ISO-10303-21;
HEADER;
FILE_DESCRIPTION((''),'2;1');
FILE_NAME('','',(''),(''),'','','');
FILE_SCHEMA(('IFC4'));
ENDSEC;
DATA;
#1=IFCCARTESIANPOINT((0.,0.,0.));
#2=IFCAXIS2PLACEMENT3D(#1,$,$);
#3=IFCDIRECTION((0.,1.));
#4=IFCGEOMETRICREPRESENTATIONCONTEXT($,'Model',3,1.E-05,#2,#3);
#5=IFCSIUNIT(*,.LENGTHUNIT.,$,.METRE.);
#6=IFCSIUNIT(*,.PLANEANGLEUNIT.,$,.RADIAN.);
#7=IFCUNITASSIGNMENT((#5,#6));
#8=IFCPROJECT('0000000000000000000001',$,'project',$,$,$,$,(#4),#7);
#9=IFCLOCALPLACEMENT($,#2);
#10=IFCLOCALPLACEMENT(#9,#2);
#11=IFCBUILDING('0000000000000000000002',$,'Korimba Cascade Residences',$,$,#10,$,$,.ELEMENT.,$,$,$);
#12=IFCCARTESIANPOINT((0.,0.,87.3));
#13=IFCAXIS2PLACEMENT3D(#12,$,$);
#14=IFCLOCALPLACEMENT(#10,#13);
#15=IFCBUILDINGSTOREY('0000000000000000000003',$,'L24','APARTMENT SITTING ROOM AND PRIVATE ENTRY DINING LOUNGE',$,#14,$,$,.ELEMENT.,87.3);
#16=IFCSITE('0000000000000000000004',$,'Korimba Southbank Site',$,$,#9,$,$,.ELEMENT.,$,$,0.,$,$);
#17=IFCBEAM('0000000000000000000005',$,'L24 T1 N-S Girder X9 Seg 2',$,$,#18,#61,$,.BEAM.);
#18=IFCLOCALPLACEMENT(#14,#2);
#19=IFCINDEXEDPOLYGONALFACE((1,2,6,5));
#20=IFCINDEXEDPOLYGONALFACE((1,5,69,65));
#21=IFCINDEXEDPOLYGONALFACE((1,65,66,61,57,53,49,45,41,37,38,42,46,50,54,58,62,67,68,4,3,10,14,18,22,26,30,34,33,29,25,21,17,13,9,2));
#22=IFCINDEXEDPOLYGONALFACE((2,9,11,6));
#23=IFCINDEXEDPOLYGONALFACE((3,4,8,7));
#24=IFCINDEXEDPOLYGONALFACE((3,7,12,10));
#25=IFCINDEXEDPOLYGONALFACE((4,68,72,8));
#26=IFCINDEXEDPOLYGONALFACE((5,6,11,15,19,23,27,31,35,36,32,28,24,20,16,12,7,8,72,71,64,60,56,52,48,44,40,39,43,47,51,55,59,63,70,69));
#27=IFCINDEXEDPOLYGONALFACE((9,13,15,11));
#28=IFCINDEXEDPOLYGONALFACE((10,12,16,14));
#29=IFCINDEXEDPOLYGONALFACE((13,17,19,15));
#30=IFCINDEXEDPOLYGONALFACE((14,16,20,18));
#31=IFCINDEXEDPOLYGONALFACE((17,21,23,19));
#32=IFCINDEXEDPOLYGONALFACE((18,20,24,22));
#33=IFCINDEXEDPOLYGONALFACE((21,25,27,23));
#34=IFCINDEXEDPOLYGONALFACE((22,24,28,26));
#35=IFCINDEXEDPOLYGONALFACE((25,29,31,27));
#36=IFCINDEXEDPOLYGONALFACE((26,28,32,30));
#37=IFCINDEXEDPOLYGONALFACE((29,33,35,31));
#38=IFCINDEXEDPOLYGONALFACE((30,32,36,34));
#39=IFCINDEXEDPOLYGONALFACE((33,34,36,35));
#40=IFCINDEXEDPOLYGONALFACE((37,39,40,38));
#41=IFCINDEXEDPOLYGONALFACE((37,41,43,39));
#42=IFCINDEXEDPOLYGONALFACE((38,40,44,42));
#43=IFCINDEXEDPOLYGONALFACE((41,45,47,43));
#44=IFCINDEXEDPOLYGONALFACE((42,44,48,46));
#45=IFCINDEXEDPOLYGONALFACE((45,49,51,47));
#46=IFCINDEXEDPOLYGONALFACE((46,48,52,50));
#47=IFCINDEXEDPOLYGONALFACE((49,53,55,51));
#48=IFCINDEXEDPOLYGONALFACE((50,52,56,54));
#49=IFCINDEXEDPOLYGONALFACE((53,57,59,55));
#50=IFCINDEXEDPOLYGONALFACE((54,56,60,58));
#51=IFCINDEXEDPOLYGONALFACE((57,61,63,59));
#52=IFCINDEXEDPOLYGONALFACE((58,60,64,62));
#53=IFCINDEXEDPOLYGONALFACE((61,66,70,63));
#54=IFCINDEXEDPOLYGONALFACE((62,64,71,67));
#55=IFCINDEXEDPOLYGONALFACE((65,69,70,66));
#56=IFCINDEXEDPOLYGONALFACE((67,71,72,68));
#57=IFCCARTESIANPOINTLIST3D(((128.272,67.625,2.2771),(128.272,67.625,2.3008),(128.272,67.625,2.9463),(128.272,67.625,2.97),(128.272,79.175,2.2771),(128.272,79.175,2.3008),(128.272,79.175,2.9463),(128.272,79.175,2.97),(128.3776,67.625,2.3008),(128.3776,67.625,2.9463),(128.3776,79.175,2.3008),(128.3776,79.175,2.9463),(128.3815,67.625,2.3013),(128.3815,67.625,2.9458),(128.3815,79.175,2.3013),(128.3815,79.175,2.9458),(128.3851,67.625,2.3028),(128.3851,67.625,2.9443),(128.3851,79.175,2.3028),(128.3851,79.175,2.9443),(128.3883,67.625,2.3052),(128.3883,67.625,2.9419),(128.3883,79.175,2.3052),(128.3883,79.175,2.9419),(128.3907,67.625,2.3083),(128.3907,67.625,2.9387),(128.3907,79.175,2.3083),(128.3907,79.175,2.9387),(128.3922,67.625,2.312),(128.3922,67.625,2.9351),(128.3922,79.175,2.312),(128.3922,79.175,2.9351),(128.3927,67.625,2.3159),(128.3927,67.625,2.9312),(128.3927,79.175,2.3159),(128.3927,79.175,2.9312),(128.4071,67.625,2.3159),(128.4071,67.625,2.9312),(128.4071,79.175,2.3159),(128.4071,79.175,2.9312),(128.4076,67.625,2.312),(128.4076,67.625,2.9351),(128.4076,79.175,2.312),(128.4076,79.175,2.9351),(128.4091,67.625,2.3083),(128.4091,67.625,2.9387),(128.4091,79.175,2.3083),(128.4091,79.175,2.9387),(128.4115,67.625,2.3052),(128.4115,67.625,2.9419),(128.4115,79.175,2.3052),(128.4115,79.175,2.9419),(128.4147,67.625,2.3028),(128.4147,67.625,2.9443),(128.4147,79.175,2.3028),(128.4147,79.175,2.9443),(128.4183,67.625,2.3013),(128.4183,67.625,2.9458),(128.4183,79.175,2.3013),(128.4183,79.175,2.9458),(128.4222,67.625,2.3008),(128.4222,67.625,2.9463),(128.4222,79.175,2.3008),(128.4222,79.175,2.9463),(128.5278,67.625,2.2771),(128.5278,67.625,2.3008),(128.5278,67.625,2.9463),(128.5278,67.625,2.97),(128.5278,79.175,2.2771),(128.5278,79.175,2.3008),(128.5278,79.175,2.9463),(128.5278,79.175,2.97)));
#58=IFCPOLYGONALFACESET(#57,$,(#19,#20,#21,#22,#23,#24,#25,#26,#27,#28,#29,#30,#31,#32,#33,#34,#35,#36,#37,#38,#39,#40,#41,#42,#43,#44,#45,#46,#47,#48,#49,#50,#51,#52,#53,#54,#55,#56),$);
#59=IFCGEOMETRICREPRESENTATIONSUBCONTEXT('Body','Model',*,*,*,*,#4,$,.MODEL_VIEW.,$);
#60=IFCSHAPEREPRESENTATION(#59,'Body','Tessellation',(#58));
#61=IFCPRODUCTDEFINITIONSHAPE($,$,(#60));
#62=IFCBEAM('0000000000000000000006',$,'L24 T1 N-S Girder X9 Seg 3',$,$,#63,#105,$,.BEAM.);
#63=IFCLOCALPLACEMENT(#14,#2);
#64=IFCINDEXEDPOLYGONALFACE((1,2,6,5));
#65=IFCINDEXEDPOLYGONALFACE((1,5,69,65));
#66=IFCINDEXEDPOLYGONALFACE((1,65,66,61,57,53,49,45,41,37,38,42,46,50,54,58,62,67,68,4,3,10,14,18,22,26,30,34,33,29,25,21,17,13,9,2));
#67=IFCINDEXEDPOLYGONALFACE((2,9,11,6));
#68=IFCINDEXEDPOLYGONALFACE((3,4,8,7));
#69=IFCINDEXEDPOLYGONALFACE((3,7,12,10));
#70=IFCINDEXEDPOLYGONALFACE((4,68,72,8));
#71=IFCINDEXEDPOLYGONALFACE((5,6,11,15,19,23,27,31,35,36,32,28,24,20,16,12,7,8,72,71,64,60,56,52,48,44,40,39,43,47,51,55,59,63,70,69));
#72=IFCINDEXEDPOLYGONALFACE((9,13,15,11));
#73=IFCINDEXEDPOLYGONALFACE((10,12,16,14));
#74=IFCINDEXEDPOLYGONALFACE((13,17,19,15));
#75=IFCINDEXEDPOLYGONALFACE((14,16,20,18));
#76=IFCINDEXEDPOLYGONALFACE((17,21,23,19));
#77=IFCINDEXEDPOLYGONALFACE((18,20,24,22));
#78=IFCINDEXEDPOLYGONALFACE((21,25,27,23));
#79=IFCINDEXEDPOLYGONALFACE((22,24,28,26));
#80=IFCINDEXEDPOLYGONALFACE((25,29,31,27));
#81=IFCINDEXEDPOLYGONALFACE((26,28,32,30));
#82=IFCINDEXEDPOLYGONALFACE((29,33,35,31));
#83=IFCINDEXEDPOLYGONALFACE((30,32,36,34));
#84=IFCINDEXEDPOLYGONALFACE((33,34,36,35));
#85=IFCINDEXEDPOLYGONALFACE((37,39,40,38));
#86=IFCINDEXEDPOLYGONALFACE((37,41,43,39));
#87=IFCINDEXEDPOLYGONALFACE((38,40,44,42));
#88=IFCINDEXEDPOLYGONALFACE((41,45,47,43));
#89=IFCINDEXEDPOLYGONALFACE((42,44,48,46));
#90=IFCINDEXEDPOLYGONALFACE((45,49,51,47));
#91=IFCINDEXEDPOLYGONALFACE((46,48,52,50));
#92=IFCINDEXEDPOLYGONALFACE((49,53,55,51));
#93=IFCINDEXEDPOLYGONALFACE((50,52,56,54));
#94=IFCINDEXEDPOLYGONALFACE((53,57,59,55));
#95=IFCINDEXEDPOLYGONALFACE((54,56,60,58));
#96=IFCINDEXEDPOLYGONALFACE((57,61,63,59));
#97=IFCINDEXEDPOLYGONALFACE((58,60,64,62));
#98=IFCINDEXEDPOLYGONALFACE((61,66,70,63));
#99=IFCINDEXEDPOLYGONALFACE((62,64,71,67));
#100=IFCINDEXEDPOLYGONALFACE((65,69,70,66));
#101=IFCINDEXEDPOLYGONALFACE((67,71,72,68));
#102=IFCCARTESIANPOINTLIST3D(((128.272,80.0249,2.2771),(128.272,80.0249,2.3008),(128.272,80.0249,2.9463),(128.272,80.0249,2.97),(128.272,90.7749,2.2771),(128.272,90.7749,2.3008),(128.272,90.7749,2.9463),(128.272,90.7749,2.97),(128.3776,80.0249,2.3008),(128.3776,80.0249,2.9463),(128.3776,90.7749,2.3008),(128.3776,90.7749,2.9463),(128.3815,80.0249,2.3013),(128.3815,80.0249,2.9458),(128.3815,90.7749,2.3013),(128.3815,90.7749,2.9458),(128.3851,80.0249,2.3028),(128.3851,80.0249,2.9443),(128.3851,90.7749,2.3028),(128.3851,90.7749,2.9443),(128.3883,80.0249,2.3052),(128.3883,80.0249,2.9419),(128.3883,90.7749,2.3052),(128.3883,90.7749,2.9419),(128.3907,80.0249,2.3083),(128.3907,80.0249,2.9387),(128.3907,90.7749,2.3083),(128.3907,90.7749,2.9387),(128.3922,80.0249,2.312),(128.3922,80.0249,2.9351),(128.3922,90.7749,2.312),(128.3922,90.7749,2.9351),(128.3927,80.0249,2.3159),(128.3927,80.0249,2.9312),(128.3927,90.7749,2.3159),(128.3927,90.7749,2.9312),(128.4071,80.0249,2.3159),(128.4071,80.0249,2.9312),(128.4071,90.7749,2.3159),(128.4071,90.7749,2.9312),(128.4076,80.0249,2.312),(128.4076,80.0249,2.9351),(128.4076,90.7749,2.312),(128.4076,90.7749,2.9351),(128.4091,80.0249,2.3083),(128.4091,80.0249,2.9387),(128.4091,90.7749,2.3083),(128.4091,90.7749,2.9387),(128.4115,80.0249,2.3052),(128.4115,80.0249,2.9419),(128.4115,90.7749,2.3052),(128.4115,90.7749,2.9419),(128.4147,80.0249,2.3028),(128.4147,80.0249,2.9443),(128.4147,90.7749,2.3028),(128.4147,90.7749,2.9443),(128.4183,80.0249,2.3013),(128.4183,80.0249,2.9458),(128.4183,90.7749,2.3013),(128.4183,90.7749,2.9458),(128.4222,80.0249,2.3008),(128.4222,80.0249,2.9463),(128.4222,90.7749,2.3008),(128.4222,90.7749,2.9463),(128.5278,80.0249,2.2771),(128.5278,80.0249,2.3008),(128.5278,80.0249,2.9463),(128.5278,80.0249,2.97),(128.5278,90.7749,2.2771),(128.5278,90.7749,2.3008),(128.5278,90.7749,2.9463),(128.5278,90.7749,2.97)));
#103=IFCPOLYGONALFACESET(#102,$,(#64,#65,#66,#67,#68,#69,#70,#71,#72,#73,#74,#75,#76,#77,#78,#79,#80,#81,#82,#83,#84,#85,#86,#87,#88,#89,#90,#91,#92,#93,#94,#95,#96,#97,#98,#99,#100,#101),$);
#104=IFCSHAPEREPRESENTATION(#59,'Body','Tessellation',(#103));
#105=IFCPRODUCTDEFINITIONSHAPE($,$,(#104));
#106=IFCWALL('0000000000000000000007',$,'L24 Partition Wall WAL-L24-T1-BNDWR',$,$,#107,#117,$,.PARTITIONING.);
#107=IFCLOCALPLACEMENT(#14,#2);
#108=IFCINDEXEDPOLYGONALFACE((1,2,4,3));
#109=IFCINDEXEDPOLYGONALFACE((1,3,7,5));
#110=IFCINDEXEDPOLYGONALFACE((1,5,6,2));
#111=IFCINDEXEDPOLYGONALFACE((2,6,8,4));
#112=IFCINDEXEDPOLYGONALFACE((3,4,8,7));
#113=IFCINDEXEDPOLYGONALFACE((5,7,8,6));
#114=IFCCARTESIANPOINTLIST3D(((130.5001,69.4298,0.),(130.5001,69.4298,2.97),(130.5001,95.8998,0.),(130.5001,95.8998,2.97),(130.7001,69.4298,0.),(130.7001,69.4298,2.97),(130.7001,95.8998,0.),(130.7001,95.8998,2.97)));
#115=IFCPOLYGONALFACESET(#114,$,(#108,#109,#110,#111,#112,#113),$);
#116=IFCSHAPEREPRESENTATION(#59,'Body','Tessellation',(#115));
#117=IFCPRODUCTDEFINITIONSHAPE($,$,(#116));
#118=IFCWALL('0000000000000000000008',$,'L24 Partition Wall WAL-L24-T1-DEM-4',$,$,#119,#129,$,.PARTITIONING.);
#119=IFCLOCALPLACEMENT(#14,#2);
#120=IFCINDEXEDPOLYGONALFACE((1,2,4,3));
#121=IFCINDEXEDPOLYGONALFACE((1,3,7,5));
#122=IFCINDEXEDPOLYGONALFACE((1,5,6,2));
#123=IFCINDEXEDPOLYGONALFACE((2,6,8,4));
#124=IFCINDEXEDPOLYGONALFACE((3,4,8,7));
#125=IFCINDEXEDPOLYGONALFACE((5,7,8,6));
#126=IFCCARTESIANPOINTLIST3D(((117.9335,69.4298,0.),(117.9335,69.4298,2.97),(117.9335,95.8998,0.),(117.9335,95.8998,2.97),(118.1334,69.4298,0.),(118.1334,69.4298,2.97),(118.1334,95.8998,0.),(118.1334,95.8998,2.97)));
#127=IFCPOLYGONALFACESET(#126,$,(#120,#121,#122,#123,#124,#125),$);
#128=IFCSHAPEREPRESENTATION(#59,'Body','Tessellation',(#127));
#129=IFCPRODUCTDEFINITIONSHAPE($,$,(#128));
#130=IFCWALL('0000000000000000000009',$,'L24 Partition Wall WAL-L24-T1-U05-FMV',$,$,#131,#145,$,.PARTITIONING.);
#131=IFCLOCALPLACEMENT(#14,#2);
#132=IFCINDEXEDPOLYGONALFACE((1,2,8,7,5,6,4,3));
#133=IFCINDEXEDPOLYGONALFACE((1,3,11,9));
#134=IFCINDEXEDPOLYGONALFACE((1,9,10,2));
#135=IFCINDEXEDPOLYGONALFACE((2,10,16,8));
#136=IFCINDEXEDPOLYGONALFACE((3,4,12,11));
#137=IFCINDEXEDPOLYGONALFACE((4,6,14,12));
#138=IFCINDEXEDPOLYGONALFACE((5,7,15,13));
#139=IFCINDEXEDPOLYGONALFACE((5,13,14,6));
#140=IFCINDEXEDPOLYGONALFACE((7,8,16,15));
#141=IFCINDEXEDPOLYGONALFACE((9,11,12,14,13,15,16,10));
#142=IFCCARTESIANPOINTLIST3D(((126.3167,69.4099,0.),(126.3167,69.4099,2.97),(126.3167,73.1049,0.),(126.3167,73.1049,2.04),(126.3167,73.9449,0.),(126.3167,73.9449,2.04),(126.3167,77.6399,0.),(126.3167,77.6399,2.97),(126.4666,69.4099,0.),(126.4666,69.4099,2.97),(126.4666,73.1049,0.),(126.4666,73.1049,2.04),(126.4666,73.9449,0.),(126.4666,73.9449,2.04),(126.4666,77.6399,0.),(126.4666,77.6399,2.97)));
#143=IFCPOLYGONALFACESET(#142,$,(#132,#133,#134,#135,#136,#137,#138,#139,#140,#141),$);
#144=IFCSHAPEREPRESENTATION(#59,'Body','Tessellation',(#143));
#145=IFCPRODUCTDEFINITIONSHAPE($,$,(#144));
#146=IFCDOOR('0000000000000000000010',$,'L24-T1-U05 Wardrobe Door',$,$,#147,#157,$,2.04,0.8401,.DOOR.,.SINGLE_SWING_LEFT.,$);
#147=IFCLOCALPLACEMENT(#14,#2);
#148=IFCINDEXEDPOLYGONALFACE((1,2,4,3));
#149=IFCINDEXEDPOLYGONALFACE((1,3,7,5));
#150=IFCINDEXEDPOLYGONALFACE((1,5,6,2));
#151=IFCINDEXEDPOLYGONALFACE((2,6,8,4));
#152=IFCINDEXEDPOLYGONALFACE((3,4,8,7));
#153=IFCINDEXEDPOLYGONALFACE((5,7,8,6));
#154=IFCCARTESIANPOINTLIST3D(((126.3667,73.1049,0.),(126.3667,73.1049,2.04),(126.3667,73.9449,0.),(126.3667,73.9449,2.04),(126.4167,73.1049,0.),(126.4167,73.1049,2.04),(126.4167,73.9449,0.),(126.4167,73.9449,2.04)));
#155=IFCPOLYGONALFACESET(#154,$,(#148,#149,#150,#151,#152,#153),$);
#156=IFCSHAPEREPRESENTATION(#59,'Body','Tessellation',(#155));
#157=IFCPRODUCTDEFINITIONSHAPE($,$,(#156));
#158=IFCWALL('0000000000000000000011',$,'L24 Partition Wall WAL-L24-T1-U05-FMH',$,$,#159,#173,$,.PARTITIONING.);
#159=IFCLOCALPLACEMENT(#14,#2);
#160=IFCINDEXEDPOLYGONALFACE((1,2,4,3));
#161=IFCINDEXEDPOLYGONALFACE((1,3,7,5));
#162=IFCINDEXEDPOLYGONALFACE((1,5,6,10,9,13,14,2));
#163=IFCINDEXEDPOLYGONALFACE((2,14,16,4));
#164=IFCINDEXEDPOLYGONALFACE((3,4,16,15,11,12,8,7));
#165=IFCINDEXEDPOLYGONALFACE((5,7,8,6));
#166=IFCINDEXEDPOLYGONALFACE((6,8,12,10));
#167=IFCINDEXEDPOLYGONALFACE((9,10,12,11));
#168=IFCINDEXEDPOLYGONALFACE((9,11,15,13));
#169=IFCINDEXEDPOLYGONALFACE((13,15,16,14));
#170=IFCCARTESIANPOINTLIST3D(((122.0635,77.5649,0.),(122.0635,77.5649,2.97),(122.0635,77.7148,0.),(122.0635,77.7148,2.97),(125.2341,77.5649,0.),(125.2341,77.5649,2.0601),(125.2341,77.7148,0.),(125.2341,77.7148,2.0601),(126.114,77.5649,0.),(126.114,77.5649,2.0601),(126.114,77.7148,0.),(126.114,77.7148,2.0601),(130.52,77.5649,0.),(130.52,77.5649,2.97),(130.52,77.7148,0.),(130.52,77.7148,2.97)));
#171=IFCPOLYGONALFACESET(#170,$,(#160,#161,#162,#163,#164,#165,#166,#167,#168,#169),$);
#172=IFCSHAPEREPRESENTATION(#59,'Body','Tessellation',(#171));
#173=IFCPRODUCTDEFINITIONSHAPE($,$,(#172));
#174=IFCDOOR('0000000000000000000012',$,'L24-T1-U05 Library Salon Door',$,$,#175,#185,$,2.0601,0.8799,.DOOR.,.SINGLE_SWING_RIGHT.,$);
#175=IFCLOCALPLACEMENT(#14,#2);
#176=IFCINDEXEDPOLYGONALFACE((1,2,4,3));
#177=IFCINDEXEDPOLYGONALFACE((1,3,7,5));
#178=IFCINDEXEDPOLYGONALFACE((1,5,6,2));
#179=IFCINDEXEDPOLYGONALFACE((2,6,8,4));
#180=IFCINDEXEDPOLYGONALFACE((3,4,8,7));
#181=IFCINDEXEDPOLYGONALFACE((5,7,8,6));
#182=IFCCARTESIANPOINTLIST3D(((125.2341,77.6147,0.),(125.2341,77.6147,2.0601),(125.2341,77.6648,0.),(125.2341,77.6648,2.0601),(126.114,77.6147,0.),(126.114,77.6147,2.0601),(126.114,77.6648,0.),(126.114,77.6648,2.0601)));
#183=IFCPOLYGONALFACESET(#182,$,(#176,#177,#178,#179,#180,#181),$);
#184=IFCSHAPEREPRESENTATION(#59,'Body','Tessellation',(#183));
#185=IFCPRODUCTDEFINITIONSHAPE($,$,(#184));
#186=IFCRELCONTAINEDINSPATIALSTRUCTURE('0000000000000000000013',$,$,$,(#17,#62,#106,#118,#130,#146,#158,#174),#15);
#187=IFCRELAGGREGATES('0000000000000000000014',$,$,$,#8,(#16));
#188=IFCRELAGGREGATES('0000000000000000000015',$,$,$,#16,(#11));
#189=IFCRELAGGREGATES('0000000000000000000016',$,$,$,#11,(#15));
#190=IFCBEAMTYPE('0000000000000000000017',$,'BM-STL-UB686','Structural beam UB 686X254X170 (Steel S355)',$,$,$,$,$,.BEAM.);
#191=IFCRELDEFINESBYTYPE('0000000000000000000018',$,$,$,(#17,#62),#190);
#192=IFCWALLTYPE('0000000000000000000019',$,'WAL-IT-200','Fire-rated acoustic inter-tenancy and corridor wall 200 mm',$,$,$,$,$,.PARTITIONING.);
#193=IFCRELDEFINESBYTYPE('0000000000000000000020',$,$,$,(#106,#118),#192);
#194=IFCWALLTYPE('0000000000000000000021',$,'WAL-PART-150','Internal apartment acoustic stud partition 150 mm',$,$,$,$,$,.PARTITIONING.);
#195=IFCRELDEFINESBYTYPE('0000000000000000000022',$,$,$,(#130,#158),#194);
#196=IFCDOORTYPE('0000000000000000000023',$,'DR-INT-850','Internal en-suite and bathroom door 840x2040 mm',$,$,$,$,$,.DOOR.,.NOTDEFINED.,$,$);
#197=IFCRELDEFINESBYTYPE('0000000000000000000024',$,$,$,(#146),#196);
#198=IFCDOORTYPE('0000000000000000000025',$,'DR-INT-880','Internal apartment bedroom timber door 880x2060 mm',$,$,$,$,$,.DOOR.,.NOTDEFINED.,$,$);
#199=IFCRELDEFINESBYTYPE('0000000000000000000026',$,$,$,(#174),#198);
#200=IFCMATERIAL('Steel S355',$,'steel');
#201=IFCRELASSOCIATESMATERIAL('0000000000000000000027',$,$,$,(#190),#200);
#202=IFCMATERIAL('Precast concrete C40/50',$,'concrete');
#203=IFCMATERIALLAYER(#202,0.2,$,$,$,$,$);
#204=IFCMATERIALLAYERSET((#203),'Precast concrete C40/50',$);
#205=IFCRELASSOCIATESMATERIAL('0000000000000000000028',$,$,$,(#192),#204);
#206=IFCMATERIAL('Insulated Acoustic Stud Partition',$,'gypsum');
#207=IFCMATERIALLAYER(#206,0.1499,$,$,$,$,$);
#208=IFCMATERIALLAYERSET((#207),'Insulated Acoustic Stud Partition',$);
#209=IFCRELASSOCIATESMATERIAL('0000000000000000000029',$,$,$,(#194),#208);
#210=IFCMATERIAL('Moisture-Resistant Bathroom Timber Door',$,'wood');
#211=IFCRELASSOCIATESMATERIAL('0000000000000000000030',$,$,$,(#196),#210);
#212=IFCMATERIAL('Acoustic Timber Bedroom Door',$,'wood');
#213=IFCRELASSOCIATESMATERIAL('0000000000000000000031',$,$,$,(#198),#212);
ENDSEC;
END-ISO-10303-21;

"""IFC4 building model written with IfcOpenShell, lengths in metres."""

from ifc_helpers import new_model, si_unit, direction, frame, frame_2d, origin, origin_2d, place, context, subcontext, project, spatial, rectangle, i_section, extrude, material, layer, layer_set, material_profile, profile_set, type_object, element, fill, save


model = new_model("IFC4")

# Units and contexts
model_context = context("Model", 3, precision=1e-05, world=origin(), true_north=direction((0.0, 1.0)))
body_context = subcontext(model_context, "Body", "Model", "MODEL_VIEW")
ifc_project = project(units=[si_unit("LENGTHUNIT", "METRE"), si_unit("PLANEANGLEUNIT", "RADIAN")], contexts=[model_context])

# Site, building, storey
site_placement = place(None, origin())
site = spatial("IfcSite", under=ifc_project, at=site_placement, Name="Korimba Southbank Site", CompositionType="ELEMENT", RefElevation=0.0)
building_placement = place(site_placement, origin())
building = spatial("IfcBuilding", under=site, at=building_placement, Name="Korimba Cascade Residences", CompositionType="ELEMENT")
storey_placement = place(building_placement, frame((0.0, 0.0, 87.3)))
storey = spatial("IfcBuildingStorey", under=building, at=storey_placement, Name="L24", Description="APARTMENT SITTING ROOM AND PRIVATE ENTRY DINING LOUNGE", CompositionType="ELEMENT", Elevation=87.3)

# Beams
ifc_material_1 = material(Name="Steel S355", Category="steel")
ifc_material_profile_1 = material_profile(ifc_material_1, i_section(OverallWidth=0.2559, OverallDepth=0.6929, WebThickness=0.0144, FlangeThickness=0.0237, FilletRadius=0.0151, at=origin_2d()), Name="Steel S355")
ifc_profile_set_1 = profile_set([ifc_material_profile_1], Name="Steel S355")
beam_type_1 = type_object("IfcBeamType", Name="BM-STL-UB686", Description="Structural beam UB 686X254X170 (Steel S355)", PredefinedType="BEAM", material=ifc_profile_set_1)
beam_1_placement = place(storey_placement, frame((128.3999, 67.625, 2.6235), z_axis=(0.0, 1.0, 0.0), x_axis=(-1.0, 0.0, 0.0)))
element("IfcBeam", 1, at=beam_1_placement, inside=storey, type_object=beam_type_1, Name="L24 T1 N-S Girder X9 Seg 2", PredefinedType="BEAM", context=body_context, shape_type="SweptSolid", body=[
    extrude(i_section(OverallWidth=0.2559, OverallDepth=0.6929, WebThickness=0.0144, FlangeThickness=0.0237, FilletRadius=0.0151, at=origin_2d()), origin(), (0.0, 0.0, 1.0), 11.55),
])
beam_2_placement = place(storey_placement, frame((128.3999, 80.0249, 2.6235), z_axis=(0.0, 1.0, 0.0), x_axis=(-1.0, 0.0, 0.0)))
element("IfcBeam", 2, at=beam_2_placement, inside=storey, type_object=beam_type_1, Name="L24 T1 N-S Girder X9 Seg 3", PredefinedType="BEAM", context=body_context, shape_type="SweptSolid", body=[
    extrude(i_section(OverallWidth=0.2559, OverallDepth=0.6929, WebThickness=0.0144, FlangeThickness=0.0237, FilletRadius=0.0151, at=origin_2d()), origin(), (0.0, 0.0, 1.0), 10.75),
])

# Walls
ifc_material_2 = material(Name="Precast concrete C40/50", Category="concrete")
ifc_layer_1 = layer(ifc_material_2, 0.2)
ifc_layer_set_1 = layer_set([ifc_layer_1], Name="Precast concrete C40/50")
wall_type_1 = type_object("IfcWallType", Name="WAL-IT-200", Description="Fire-rated acoustic inter-tenancy and corridor wall 200 mm", PredefinedType="PARTITIONING", material=ifc_layer_set_1)
for number, where, z_axis, x_axis, name in (
    (3, (130.6001, 69.4299, 0.0), (0.0, 0.0, 1.0), (0.0, 1.0, 0.0), "L24 Partition Wall WAL-L24-T1-BNDWR"),
    (4, (118.0334, 69.4299, 0.0), (0.0, 0.0, 1.0), (0.0, 1.0, 0.0), "L24 Partition Wall WAL-L24-T1-DEM-4"),
):
    element("IfcWall", number, at=place(storey_placement, frame(where, z_axis=z_axis, x_axis=x_axis)), inside=storey, type_object=wall_type_1, Name=name, PredefinedType="PARTITIONING", context=body_context, shape_type="SweptSolid", body=[
        extrude(rectangle(XDim=26.47, YDim=0.2, at=frame_2d((13.2349, 0.0))), origin(), (0.0, 0.0, 1.0), 2.97),
    ])

# Walls, openings, doors
ifc_material_3 = material(Name="Insulated Acoustic Stud Partition", Category="gypsum")
ifc_layer_2 = layer(ifc_material_3, 0.1499)
ifc_layer_set_2 = layer_set([ifc_layer_2], Name="Insulated Acoustic Stud Partition")
wall_type_2 = type_object("IfcWallType", Name="WAL-PART-150", Description="Internal apartment acoustic stud partition 150 mm", PredefinedType="PARTITIONING", material=ifc_layer_set_2)
wall_1_placement = place(storey_placement, frame((126.3916, 69.4099, 0.0), z_axis=(0.0, 0.0, 1.0), x_axis=(0.0, 1.0, 0.0)))
wall_1 = element("IfcWall", 5, at=wall_1_placement, inside=storey, type_object=wall_type_2, Name="L24 Partition Wall WAL-L24-T1-U05-FMV", PredefinedType="PARTITIONING", context=body_context, shape_type="SweptSolid", body=[
    extrude(rectangle(XDim=8.23, YDim=0.1499, at=frame_2d((4.115, 0.0))), origin(), (0.0, 0.0, 1.0), 2.97),
])
opening_1_placement = place(wall_1_placement, frame((3.6951, 0.0, 0.0)))
opening_1 = element("IfcOpeningElement", 6, at=opening_1_placement, cuts=wall_1, PredefinedType="OPENING", context=body_context, shape_type="SweptSolid", body=[
    extrude(rectangle(XDim=0.8401, YDim=2.04, at=frame_2d((0.4199, 1.02))), frame((0.0, 0.085, 0.0), z_axis=(0.0, -1.0, 0.0), x_axis=(1.0, 0.0, 0.0)), (0.0, 0.0, 1.0), 0.1699),
])
ifc_material_4 = material(Name="Moisture-Resistant Bathroom Timber Door", Category="wood")
door_type_1 = type_object("IfcDoorType", Name="DR-INT-850", Description="Internal en-suite and bathroom door 840x2040 mm", OperationType="NOTDEFINED", PredefinedType="DOOR", material=ifc_material_4)
door_1_placement = place(opening_1_placement, origin())
door_1 = element("IfcDoor", 7, at=door_1_placement, inside=storey, type_object=door_type_1, Name="L24-T1-U05 Wardrobe Door", OperationType="SINGLE_SWING_LEFT", OverallHeight=2.04, OverallWidth=0.8401, PredefinedType="DOOR", context=body_context, shape_type="SweptSolid", body=[
    extrude(rectangle(XDim=0.8401, YDim=2.04, at=frame_2d((0.4199, 1.02))), frame((0.0, 0.0249, 0.0), z_axis=(0.0, -1.0, 0.0), x_axis=(1.0, 0.0, 0.0)), (0.0, 0.0, 1.0), 0.05),
])
fill(opening_1, door_1)
wall_2_placement = place(storey_placement, frame((122.0635, 77.6399, 0.0), z_axis=(0.0, 0.0, 1.0), x_axis=(1.0, 0.0, 0.0)))
wall_2 = element("IfcWall", 8, at=wall_2_placement, inside=storey, type_object=wall_type_2, Name="L24 Partition Wall WAL-L24-T1-U05-FMH", PredefinedType="PARTITIONING", context=body_context, shape_type="SweptSolid", body=[
    extrude(rectangle(XDim=8.4565, YDim=0.1499, at=frame_2d((4.2283, 0.0))), origin(), (0.0, 0.0, 1.0), 2.97),
])
opening_2_placement = place(wall_2_placement, frame((3.1707, 0.0, 0.0)))
opening_2 = element("IfcOpeningElement", 9, at=opening_2_placement, cuts=wall_2, PredefinedType="OPENING", context=body_context, shape_type="SweptSolid", body=[
    extrude(rectangle(XDim=0.8799, YDim=2.0601, at=frame_2d((0.4399, 1.03))), frame((0.0, 0.085, 0.0), z_axis=(0.0, -1.0, 0.0), x_axis=(1.0, 0.0, 0.0)), (0.0, 0.0, 1.0), 0.1699),
])
ifc_material_5 = material(Name="Acoustic Timber Bedroom Door", Category="wood")
door_type_2 = type_object("IfcDoorType", Name="DR-INT-880", Description="Internal apartment bedroom timber door 880x2060 mm", OperationType="NOTDEFINED", PredefinedType="DOOR", material=ifc_material_5)
door_2_placement = place(opening_2_placement, origin())
door_2 = element("IfcDoor", 10, at=door_2_placement, inside=storey, type_object=door_type_2, Name="L24-T1-U05 Library Salon Door", OperationType="SINGLE_SWING_RIGHT", OverallHeight=2.0601, OverallWidth=0.8799, PredefinedType="DOOR", context=body_context, shape_type="SweptSolid", body=[
    extrude(rectangle(XDim=0.8799, YDim=2.0601, at=frame_2d((0.4399, 1.03))), frame((0.0, 0.0249, 0.0), z_axis=(0.0, -1.0, 0.0), x_axis=(1.0, 0.0, 0.0)), (0.0, 0.0, 1.0), 0.05),
])
fill(opening_2, door_2)

save(model, "model.ifc")
